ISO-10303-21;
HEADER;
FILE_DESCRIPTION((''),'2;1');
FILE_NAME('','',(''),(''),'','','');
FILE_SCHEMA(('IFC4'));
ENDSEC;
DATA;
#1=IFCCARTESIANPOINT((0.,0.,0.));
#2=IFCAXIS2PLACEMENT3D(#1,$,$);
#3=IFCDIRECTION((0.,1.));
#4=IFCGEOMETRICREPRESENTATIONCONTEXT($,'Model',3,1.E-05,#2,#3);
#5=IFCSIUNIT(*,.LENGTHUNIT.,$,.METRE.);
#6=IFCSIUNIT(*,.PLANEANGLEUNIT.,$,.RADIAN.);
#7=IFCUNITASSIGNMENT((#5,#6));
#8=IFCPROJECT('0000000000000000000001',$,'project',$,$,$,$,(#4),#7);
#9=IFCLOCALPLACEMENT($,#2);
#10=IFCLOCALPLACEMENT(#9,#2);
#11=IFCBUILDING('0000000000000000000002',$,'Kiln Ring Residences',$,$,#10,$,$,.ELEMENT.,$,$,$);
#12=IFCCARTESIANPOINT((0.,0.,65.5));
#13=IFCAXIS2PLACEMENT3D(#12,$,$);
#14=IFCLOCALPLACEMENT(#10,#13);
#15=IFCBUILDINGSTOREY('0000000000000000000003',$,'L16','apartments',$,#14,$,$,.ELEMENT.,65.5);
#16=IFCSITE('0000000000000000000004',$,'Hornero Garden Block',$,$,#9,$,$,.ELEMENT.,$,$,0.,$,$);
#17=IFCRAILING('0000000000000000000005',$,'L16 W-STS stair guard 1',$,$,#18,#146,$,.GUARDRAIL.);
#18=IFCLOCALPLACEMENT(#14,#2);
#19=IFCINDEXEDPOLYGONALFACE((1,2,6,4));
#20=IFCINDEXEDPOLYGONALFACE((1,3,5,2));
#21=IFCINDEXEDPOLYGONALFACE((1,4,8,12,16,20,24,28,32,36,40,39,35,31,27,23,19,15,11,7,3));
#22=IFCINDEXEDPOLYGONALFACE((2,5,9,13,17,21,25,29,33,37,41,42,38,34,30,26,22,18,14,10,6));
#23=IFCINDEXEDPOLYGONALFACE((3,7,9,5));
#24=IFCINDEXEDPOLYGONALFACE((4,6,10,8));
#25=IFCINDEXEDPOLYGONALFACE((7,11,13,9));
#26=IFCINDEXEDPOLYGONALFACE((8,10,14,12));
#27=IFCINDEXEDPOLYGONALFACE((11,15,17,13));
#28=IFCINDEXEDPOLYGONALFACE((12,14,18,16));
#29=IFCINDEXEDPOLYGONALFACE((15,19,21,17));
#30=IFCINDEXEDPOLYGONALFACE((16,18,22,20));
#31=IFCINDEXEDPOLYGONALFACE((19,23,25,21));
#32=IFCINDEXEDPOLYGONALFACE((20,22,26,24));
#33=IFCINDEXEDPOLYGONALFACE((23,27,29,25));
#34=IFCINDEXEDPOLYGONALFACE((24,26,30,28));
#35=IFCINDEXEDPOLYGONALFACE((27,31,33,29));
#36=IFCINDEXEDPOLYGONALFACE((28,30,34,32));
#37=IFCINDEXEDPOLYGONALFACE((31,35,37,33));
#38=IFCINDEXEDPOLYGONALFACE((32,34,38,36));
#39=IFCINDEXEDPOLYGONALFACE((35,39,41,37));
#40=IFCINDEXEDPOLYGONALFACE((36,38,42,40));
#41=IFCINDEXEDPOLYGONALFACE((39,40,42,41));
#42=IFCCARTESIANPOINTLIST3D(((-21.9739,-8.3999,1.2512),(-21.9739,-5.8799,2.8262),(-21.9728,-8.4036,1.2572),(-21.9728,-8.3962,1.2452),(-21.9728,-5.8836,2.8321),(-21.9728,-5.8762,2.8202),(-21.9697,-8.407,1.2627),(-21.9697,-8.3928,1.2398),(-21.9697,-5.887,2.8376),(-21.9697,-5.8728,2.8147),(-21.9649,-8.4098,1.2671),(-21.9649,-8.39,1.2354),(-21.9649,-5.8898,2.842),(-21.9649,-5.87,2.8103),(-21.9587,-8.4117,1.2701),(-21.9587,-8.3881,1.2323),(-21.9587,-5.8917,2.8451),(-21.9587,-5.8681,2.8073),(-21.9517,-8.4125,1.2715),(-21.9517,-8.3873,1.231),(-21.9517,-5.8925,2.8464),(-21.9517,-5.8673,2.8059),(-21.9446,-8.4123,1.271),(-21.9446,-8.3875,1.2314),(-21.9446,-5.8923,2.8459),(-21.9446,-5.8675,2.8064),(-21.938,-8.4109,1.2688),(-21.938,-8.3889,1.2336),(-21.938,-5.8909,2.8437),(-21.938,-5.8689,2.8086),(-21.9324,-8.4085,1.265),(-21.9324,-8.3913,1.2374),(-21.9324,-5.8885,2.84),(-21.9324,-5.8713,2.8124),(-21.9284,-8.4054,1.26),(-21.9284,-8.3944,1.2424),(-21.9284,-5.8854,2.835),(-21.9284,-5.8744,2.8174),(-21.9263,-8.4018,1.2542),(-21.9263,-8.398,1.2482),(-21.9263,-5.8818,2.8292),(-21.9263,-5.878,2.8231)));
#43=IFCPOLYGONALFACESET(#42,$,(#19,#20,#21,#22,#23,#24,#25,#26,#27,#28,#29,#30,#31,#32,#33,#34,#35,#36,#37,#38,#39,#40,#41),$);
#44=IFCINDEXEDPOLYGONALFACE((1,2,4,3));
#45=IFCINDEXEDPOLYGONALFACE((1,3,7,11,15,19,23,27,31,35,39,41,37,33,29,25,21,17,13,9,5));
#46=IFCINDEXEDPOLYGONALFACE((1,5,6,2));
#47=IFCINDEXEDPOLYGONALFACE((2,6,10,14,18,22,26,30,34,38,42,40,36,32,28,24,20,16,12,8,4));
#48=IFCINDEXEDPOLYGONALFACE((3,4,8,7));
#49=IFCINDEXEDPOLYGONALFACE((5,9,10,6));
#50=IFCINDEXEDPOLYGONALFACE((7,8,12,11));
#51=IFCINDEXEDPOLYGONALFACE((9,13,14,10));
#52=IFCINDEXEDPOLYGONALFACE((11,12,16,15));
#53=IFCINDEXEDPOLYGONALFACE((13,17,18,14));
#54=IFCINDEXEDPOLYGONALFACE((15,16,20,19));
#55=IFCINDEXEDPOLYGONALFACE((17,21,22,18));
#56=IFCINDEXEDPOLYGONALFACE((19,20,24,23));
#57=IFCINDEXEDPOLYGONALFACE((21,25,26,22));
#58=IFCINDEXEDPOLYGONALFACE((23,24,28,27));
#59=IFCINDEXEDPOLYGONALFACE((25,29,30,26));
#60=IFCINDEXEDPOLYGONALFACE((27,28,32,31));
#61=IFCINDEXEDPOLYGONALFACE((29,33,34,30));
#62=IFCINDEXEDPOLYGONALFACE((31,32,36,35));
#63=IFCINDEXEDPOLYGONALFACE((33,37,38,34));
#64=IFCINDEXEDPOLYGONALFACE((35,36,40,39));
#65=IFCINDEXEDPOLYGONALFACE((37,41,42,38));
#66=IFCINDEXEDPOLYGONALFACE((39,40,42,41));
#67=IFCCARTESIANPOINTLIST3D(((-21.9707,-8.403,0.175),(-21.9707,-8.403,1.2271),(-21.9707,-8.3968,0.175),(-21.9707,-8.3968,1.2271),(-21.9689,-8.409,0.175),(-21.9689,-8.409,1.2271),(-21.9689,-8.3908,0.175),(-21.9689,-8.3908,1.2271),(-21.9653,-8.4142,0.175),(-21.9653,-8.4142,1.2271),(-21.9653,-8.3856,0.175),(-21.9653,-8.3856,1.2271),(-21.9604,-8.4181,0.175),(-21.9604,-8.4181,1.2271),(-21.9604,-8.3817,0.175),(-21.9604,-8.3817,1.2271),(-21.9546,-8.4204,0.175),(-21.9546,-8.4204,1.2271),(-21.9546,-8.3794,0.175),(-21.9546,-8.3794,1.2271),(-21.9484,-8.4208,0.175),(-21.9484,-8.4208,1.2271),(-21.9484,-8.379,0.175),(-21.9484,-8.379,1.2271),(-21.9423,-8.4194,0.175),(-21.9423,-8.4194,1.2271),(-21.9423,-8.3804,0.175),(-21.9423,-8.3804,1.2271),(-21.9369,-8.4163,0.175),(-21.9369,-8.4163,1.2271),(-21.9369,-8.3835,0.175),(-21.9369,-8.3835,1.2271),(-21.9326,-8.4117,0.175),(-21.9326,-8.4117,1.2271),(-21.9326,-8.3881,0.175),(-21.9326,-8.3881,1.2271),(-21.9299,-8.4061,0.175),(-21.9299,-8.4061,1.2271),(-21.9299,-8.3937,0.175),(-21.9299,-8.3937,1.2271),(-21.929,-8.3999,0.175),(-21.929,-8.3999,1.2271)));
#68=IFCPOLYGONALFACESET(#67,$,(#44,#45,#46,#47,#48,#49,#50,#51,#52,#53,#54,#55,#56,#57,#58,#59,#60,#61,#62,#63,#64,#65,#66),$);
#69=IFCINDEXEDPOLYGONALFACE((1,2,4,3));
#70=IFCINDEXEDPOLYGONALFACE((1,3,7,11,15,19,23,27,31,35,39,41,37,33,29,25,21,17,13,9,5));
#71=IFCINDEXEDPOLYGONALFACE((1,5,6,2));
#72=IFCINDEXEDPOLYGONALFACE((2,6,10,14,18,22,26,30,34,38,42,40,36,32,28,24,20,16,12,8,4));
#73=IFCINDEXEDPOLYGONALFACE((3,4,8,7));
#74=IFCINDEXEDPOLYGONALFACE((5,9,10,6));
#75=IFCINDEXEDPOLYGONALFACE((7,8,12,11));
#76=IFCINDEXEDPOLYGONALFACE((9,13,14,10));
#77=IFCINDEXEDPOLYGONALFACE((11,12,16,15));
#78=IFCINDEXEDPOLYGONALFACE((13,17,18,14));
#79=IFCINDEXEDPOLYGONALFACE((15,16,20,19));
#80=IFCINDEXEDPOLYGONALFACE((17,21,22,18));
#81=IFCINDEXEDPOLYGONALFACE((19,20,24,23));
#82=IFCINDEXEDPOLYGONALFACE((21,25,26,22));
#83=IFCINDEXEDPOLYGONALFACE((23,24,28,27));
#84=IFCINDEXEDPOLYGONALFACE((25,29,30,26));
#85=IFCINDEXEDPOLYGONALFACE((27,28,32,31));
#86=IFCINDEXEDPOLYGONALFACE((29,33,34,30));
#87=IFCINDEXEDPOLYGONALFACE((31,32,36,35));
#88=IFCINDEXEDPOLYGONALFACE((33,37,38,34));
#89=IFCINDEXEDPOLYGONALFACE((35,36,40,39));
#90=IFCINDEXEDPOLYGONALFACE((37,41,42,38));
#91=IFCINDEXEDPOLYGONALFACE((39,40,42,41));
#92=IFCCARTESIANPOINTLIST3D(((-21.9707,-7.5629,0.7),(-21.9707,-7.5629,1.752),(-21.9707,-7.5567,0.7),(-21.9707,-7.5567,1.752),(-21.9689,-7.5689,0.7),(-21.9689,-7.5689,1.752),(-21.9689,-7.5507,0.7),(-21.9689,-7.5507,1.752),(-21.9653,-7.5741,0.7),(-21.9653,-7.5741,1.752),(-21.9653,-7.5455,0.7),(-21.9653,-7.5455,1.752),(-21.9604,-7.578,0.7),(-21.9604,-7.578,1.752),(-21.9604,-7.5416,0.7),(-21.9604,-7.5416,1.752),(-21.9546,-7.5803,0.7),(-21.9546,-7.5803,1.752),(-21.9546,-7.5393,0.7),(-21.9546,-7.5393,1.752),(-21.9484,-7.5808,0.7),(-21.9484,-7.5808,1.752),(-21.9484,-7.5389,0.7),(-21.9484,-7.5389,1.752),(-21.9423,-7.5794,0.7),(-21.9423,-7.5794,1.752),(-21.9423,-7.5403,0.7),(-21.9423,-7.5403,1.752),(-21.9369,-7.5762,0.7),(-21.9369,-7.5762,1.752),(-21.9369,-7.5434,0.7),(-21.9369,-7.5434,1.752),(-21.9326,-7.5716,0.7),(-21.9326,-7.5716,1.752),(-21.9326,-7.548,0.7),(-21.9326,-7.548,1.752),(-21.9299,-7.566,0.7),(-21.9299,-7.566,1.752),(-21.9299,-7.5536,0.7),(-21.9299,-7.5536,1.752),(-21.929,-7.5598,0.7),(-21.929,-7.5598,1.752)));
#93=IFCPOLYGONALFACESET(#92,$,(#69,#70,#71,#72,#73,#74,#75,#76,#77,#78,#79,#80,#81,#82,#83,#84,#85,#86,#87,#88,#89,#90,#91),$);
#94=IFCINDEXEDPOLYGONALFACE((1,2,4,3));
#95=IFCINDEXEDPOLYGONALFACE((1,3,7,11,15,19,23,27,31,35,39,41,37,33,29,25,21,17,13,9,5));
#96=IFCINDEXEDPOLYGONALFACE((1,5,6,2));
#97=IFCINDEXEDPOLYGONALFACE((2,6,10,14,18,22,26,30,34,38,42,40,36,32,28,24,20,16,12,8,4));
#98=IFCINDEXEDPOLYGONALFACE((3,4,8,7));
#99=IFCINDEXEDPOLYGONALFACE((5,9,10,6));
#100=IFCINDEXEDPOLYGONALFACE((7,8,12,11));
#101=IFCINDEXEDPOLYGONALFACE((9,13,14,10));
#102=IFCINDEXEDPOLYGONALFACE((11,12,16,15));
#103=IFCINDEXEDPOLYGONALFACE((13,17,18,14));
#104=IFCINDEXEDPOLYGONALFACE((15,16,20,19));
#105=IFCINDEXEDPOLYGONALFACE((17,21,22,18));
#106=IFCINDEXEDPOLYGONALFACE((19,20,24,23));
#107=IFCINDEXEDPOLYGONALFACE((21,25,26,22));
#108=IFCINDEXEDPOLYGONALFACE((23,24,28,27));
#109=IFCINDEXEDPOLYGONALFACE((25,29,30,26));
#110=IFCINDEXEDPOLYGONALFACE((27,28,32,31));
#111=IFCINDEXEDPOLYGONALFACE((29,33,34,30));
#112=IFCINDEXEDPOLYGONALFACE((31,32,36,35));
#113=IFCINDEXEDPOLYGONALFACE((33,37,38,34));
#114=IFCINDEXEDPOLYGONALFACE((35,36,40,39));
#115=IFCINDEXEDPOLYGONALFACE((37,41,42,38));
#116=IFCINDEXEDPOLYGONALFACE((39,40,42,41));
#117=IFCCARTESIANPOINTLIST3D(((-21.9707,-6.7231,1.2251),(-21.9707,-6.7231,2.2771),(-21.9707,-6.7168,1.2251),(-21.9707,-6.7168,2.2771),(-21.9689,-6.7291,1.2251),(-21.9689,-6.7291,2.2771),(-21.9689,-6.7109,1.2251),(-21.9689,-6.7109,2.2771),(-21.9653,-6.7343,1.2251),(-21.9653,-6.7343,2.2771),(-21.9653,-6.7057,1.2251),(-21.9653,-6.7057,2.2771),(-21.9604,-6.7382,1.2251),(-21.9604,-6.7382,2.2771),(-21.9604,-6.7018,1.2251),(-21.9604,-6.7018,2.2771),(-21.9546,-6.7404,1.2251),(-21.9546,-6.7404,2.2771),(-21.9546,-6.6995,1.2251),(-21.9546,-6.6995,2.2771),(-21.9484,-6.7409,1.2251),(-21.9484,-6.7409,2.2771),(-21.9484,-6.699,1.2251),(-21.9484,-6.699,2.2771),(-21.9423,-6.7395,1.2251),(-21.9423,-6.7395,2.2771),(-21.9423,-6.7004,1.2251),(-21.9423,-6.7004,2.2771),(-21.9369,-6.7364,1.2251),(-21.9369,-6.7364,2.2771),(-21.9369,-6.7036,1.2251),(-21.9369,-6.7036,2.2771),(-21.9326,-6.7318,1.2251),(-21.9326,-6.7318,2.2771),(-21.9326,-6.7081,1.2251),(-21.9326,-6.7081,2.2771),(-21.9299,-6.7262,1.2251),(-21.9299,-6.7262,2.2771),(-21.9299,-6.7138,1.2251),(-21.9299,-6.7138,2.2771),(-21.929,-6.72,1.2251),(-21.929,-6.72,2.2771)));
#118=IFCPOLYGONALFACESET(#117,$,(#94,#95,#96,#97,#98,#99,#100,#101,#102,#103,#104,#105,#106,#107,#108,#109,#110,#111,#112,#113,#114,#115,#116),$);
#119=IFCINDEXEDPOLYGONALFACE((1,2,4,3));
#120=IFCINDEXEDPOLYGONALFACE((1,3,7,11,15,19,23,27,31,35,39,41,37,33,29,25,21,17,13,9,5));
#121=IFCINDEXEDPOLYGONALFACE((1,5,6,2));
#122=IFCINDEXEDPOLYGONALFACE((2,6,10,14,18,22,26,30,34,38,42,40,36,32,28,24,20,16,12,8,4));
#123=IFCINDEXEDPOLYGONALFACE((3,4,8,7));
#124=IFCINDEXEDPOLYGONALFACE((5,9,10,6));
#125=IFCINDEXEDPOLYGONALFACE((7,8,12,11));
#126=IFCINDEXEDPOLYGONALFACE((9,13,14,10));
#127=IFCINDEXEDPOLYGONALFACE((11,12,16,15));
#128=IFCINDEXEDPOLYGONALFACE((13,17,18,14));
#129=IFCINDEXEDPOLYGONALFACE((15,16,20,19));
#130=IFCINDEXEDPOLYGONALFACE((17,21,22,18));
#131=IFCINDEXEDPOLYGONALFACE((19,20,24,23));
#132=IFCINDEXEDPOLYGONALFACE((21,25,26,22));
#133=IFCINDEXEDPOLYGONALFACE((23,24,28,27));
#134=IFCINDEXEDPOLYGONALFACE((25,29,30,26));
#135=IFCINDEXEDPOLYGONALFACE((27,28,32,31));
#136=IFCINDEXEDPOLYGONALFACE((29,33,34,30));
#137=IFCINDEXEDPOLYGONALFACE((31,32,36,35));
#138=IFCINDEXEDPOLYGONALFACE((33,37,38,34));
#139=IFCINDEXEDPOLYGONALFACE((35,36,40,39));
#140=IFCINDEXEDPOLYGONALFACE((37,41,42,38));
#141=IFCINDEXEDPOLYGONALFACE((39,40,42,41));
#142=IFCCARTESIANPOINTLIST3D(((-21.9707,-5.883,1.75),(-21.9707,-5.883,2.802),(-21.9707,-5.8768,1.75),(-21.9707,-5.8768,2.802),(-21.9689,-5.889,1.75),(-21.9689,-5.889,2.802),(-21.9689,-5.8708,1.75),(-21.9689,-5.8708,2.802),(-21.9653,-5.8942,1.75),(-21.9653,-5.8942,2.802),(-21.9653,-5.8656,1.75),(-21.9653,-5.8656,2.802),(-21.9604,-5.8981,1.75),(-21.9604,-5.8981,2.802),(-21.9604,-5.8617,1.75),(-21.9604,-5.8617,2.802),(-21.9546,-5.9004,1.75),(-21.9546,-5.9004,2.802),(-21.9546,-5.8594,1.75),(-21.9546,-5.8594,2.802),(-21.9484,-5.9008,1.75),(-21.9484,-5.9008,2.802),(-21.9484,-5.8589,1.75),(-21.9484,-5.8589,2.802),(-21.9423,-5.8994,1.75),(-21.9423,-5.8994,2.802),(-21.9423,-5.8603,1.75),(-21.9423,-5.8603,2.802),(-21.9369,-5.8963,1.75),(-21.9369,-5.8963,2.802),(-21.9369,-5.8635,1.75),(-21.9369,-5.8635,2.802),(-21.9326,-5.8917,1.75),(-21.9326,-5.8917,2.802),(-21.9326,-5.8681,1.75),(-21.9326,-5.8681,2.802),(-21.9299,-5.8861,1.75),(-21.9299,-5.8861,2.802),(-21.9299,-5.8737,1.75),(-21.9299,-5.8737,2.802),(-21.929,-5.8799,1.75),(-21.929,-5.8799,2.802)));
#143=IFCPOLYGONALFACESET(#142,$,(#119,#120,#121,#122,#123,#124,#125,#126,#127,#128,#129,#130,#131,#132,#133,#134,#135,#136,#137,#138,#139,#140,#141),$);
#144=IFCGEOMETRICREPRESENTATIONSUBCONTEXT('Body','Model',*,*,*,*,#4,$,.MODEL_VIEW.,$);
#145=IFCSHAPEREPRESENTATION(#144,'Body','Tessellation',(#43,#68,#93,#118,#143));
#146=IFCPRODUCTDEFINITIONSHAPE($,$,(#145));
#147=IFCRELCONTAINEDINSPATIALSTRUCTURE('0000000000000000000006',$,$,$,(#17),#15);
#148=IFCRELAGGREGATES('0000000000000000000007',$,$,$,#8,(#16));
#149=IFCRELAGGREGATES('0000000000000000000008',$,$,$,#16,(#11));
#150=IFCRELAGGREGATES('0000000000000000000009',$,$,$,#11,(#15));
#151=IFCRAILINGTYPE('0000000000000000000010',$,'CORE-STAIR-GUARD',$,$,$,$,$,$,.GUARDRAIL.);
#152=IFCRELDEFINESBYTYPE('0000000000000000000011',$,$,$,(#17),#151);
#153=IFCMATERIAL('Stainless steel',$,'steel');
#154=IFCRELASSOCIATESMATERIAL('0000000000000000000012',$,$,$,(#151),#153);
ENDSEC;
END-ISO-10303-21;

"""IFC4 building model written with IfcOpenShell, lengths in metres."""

from ifc_helpers import new_model, si_unit, direction, frame, origin, origin_2d, place, context, subcontext, project, spatial, circle, extrude, material, type_object, element, save


model = new_model("IFC4")

# Units and contexts
model_context = context("Model", 3, precision=1e-05, world=origin(), true_north=direction((0.0, 1.0)))
body_context = subcontext(model_context, "Body", "Model", "MODEL_VIEW")
ifc_project = project(units=[si_unit("LENGTHUNIT", "METRE"), si_unit("PLANEANGLEUNIT", "RADIAN")], contexts=[model_context])

# Site, building, storey
site_placement = place(None, origin())
site = spatial("IfcSite", under=ifc_project, at=site_placement, Name="Hornero Garden Block", CompositionType="ELEMENT", RefElevation=0.0)
building_placement = place(site_placement, origin())
building = spatial("IfcBuilding", under=site, at=building_placement, Name="Kiln Ring Residences", CompositionType="ELEMENT")
storey_placement = place(building_placement, frame((0.0, 0.0, 65.5)))
storey = spatial("IfcBuildingStorey", under=building, at=storey_placement, Name="L16", Description="apartments", CompositionType="ELEMENT", Elevation=65.5)

# Railing
ifc_material_1 = material(Name="Stainless steel", Category="steel")
railing_type_1 = type_object("IfcRailingType", Name="CORE-STAIR-GUARD", PredefinedType="GUARDRAIL", material=ifc_material_1)
railing_1_placement = place(storey_placement, frame((-21.95, -8.3999, 0.175)))
element("IfcRailing", 1, at=railing_1_placement, inside=storey, type_object=railing_type_1, Name="L16 W-STS stair guard 1", PredefinedType="GUARDRAIL", context=body_context, shape_type="SweptSolid", body=[
    extrude(circle(Radius=0.0239, at=origin_2d()), frame((0.0, 0.0, 1.0762), z_axis=(0.0, 0.848008, 0.529984), x_axis=(-1.0, 0.0, 0.0)), (0.0, 0.0, 1.0), 2.9717),
    extrude(circle(Radius=0.021, at=origin_2d()), origin(), (0.0, 0.0, 1.0), 1.052),
    extrude(circle(Radius=0.021, at=origin_2d()), frame((0.0, 0.8401, 0.5249)), (0.0, 0.0, 1.0), 1.052),
    extrude(circle(Radius=0.021, at=origin_2d()), frame((0.0, 1.6799, 1.05)), (0.0, 0.0, 1.0), 1.052),
    extrude(circle(Radius=0.021, at=origin_2d()), frame((0.0, 2.52, 1.575)), (0.0, 0.0, 1.0), 1.052),
])

save(model, "model.ifc")
